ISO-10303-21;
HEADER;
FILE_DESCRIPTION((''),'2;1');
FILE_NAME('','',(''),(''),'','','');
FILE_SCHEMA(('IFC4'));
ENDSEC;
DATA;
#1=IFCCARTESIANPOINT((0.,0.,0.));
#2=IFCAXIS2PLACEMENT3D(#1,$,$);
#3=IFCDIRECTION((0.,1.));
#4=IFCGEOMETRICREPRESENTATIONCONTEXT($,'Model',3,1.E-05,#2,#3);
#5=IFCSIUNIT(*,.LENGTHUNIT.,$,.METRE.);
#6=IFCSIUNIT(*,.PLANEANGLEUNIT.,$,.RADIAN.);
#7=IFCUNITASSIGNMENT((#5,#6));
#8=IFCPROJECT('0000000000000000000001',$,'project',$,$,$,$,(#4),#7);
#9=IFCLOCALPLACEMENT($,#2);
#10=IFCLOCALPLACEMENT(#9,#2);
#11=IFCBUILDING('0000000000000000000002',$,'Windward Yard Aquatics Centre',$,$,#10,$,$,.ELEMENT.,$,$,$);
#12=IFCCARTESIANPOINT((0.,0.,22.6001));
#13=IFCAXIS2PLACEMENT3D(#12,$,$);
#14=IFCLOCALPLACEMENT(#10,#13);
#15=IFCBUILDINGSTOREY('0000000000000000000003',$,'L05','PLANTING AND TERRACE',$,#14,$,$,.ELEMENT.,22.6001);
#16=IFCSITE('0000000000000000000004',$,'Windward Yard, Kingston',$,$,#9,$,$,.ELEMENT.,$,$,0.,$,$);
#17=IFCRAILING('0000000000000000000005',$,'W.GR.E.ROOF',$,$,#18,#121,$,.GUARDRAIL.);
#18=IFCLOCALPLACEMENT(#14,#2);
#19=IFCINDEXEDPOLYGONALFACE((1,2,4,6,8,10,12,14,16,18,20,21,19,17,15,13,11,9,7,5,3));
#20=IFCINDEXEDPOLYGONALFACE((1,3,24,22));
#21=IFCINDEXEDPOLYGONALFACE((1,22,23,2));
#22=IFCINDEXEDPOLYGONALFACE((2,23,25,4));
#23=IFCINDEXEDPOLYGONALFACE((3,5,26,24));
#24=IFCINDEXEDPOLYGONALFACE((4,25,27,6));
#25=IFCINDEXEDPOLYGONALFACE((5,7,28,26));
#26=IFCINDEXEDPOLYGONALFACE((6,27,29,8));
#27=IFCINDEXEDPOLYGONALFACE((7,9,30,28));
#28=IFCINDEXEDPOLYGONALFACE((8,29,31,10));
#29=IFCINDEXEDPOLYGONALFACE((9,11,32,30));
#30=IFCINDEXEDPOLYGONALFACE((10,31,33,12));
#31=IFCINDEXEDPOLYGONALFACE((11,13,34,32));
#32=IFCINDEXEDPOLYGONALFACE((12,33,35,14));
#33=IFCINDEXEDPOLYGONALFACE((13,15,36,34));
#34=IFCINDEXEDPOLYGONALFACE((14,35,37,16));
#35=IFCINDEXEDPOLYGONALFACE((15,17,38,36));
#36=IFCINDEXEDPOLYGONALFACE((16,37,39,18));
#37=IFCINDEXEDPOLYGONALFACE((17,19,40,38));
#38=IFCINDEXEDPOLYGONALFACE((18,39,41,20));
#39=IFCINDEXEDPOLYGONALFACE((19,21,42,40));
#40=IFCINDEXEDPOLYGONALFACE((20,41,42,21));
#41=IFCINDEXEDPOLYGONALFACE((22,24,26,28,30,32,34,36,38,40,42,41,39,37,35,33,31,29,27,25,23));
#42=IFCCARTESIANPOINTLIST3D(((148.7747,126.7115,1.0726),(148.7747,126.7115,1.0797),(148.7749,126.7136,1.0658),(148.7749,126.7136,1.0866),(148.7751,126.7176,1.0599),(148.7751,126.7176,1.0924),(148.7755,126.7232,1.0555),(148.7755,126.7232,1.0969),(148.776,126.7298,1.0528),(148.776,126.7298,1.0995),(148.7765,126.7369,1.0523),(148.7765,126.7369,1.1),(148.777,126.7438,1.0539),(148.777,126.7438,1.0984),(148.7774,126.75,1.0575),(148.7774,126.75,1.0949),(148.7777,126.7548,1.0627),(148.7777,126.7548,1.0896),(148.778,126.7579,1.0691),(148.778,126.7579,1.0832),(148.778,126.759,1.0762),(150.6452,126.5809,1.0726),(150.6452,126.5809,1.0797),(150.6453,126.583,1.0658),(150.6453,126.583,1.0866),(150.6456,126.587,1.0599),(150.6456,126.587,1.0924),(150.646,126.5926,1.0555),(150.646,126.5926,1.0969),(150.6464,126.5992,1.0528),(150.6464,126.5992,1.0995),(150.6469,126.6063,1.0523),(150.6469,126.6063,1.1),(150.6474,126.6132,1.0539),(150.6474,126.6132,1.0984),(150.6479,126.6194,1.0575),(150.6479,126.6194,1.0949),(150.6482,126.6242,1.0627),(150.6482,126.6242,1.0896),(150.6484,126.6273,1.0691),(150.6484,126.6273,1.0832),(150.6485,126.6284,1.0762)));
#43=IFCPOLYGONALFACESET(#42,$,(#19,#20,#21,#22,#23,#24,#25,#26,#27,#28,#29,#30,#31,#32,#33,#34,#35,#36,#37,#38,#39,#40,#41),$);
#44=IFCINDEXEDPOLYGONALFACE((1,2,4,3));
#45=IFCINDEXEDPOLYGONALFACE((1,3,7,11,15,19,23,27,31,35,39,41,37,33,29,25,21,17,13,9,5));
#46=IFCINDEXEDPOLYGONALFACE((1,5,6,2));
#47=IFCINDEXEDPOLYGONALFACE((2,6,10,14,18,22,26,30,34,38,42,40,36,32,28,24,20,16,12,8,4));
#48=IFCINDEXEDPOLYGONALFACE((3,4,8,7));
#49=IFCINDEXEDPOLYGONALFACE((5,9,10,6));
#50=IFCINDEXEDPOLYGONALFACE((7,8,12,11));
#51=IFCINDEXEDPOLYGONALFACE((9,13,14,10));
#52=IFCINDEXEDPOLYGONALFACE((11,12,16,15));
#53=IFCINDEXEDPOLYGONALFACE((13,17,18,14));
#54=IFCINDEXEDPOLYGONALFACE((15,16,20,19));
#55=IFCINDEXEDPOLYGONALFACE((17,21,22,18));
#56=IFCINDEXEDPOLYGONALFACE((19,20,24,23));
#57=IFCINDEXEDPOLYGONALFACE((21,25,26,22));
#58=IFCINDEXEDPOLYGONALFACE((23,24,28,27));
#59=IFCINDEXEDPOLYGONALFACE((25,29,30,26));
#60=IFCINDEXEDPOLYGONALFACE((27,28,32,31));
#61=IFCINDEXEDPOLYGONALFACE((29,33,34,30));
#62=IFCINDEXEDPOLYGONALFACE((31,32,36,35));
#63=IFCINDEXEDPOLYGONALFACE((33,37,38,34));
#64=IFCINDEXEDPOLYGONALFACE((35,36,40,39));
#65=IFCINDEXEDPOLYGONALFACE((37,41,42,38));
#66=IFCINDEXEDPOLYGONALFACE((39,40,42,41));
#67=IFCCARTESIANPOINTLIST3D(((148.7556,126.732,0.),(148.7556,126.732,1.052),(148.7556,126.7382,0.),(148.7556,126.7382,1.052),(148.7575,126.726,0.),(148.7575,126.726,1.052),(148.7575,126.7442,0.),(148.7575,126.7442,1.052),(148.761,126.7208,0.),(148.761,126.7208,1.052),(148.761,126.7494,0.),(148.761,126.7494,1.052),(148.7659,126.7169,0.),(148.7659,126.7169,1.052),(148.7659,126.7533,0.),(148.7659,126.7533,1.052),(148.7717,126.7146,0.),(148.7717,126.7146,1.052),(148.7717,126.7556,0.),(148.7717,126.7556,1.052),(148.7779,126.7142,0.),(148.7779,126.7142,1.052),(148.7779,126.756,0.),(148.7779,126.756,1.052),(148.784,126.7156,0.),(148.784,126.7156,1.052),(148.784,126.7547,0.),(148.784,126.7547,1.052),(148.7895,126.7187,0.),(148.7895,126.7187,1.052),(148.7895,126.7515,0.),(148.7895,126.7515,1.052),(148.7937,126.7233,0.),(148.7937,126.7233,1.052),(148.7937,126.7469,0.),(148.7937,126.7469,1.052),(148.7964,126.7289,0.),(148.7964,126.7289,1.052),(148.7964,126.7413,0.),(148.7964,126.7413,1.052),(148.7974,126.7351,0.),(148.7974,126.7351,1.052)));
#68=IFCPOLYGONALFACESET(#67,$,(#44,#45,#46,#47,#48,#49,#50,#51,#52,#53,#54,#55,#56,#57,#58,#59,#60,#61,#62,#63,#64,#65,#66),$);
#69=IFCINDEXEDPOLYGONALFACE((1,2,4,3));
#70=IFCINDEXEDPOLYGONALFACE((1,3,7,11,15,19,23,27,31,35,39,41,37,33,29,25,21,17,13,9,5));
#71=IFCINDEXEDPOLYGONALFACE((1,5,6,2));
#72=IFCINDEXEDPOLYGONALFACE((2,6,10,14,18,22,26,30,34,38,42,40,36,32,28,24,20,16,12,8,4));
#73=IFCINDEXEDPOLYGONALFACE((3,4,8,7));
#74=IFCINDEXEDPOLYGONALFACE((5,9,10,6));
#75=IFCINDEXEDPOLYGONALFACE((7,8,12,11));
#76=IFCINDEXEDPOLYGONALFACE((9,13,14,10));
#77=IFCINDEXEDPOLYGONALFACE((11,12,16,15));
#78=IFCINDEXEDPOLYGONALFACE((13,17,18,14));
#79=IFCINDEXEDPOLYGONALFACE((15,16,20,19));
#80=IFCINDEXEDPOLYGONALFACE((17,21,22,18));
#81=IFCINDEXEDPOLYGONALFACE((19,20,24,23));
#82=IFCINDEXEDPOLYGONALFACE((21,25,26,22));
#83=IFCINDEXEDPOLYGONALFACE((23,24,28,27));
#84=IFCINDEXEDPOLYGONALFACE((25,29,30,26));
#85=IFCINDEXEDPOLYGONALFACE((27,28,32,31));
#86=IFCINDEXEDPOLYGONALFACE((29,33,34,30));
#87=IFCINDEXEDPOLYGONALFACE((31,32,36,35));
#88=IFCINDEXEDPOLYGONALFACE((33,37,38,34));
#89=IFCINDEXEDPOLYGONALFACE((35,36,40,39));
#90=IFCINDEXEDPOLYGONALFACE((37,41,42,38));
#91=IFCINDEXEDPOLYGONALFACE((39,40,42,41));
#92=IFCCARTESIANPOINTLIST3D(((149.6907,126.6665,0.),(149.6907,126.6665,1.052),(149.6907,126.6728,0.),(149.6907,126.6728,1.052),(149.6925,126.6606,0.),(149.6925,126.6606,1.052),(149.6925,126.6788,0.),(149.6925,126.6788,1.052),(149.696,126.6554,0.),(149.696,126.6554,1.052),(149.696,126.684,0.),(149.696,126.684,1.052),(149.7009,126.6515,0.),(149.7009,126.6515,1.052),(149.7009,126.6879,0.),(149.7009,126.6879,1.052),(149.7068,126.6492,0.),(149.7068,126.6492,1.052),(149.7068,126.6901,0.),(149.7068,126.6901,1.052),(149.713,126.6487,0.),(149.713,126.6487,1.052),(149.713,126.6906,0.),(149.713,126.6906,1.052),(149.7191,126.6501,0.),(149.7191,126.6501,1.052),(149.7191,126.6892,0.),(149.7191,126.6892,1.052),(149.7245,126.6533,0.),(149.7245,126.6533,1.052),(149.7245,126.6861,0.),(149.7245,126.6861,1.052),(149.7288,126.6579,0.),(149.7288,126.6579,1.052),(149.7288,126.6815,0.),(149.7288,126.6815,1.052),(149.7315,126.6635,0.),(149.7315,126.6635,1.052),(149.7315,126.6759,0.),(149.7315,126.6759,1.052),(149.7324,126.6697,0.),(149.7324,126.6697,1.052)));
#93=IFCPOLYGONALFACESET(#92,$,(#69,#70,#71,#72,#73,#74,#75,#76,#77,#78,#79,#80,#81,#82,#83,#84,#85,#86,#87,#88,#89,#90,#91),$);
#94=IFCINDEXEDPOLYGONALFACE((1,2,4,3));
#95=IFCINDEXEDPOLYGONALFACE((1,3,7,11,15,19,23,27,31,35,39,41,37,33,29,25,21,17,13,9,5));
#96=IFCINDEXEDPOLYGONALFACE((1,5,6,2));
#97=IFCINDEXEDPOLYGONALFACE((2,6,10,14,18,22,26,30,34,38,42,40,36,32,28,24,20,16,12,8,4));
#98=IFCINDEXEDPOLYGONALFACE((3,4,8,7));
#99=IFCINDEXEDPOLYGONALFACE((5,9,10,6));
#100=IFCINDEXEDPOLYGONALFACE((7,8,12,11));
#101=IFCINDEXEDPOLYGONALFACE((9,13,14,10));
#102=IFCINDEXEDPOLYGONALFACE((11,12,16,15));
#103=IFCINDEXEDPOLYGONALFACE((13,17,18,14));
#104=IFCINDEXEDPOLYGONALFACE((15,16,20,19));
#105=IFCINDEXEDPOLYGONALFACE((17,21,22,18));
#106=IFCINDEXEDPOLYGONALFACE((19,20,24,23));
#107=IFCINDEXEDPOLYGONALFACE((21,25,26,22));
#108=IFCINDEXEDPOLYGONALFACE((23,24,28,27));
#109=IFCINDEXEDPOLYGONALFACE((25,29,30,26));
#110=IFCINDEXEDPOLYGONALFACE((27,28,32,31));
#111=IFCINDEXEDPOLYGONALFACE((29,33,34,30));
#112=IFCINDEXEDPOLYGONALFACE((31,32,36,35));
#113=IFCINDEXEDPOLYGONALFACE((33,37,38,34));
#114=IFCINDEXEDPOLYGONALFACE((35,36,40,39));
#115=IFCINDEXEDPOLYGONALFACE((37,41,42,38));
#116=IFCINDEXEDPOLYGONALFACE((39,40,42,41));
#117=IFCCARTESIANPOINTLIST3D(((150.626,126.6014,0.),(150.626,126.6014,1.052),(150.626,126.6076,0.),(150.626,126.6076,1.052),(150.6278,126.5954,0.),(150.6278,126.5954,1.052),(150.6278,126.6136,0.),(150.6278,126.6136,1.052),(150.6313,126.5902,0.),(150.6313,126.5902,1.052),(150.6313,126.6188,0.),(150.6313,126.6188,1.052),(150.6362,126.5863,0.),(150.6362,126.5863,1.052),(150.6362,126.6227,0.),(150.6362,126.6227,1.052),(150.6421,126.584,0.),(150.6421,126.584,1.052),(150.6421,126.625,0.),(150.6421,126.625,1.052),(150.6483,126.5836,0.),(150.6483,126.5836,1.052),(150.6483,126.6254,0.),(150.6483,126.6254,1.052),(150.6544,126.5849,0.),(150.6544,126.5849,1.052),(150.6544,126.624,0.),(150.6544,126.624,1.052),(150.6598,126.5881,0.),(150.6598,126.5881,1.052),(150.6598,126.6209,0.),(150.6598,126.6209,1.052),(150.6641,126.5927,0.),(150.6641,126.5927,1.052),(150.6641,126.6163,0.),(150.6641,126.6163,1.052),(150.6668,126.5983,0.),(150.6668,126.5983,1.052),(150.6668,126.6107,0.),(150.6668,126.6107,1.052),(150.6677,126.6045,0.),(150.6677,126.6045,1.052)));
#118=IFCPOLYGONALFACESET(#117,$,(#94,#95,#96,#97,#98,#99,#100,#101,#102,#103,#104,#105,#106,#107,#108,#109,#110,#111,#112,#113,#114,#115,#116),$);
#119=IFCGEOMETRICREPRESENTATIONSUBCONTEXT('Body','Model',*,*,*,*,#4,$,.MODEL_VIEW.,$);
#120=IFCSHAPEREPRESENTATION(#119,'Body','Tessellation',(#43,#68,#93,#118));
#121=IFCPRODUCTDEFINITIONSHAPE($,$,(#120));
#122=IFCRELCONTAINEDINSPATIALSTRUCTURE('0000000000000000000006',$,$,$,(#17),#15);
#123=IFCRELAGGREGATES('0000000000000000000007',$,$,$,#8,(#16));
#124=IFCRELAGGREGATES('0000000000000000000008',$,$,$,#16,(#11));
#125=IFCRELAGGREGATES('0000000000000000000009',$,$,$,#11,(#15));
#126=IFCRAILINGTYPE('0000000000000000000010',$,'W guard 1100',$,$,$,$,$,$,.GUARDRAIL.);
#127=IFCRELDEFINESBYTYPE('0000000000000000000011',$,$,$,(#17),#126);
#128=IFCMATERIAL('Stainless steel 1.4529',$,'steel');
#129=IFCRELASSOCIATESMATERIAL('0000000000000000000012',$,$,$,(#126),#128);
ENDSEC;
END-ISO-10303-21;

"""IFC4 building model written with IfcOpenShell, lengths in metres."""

from ifc_helpers import new_model, si_unit, direction, frame, origin, origin_2d, place, context, subcontext, project, spatial, circle, extrude, material, type_object, element, save


model = new_model("IFC4")

# Units and contexts
model_context = context("Model", 3, precision=1e-05, world=origin(), true_north=direction((0.0, 1.0)))
body_context = subcontext(model_context, "Body", "Model", "MODEL_VIEW")
ifc_project = project(units=[si_unit("LENGTHUNIT", "METRE"), si_unit("PLANEANGLEUNIT", "RADIAN")], contexts=[model_context])

# Site, building, storey
site_placement = place(None, origin())
site = spatial("IfcSite", under=ifc_project, at=site_placement, Name="Windward Yard, Kingston", CompositionType="ELEMENT", RefElevation=0.0)
building_placement = place(site_placement, origin())
building = spatial("IfcBuilding", under=site, at=building_placement, Name="Windward Yard Aquatics Centre", CompositionType="ELEMENT")
storey_placement = place(building_placement, frame((0.0, 0.0, 22.6001)))
storey = spatial("IfcBuildingStorey", under=building, at=storey_placement, Name="L05", Description="PLANTING AND TERRACE", CompositionType="ELEMENT", Elevation=22.6001)

# Railing
ifc_material_1 = material(Name="Stainless steel 1.4529", Category="steel")
railing_type = type_object("IfcRailingType", Name="W guard 1100", PredefinedType="GUARDRAIL", material=ifc_material_1)
railing_1_placement = place(storey_placement, frame((148.7764, 126.7351, 0.0)))
element("IfcRailing", 1, at=railing_1_placement, inside=storey, type_object=railing_type, Name="W.GR.E.ROOF", PredefinedType="GUARDRAIL", context=body_context, shape_type="SweptSolid", body=[
    extrude(circle(Radius=0.0239, at=origin_2d()), frame((0.0, 0.0, 1.0762), z_axis=(0.99757, -0.069665, 0.0), x_axis=(0.069665, 0.99757, 0.0)), (0.0, 0.0, 1.0), 1.875),
    extrude(circle(Radius=0.021, at=origin_2d()), origin(), (0.0, 0.0, 1.0), 1.052),
    extrude(circle(Radius=0.021, at=origin_2d()), frame((0.9351, -0.0654, 0.0)), (0.0, 0.0, 1.0), 1.052),
    extrude(circle(Radius=0.021, at=origin_2d()), frame((1.8704, -0.1306, 0.0)), (0.0, 0.0, 1.0), 1.052),
])

save(model, "model.ifc")
